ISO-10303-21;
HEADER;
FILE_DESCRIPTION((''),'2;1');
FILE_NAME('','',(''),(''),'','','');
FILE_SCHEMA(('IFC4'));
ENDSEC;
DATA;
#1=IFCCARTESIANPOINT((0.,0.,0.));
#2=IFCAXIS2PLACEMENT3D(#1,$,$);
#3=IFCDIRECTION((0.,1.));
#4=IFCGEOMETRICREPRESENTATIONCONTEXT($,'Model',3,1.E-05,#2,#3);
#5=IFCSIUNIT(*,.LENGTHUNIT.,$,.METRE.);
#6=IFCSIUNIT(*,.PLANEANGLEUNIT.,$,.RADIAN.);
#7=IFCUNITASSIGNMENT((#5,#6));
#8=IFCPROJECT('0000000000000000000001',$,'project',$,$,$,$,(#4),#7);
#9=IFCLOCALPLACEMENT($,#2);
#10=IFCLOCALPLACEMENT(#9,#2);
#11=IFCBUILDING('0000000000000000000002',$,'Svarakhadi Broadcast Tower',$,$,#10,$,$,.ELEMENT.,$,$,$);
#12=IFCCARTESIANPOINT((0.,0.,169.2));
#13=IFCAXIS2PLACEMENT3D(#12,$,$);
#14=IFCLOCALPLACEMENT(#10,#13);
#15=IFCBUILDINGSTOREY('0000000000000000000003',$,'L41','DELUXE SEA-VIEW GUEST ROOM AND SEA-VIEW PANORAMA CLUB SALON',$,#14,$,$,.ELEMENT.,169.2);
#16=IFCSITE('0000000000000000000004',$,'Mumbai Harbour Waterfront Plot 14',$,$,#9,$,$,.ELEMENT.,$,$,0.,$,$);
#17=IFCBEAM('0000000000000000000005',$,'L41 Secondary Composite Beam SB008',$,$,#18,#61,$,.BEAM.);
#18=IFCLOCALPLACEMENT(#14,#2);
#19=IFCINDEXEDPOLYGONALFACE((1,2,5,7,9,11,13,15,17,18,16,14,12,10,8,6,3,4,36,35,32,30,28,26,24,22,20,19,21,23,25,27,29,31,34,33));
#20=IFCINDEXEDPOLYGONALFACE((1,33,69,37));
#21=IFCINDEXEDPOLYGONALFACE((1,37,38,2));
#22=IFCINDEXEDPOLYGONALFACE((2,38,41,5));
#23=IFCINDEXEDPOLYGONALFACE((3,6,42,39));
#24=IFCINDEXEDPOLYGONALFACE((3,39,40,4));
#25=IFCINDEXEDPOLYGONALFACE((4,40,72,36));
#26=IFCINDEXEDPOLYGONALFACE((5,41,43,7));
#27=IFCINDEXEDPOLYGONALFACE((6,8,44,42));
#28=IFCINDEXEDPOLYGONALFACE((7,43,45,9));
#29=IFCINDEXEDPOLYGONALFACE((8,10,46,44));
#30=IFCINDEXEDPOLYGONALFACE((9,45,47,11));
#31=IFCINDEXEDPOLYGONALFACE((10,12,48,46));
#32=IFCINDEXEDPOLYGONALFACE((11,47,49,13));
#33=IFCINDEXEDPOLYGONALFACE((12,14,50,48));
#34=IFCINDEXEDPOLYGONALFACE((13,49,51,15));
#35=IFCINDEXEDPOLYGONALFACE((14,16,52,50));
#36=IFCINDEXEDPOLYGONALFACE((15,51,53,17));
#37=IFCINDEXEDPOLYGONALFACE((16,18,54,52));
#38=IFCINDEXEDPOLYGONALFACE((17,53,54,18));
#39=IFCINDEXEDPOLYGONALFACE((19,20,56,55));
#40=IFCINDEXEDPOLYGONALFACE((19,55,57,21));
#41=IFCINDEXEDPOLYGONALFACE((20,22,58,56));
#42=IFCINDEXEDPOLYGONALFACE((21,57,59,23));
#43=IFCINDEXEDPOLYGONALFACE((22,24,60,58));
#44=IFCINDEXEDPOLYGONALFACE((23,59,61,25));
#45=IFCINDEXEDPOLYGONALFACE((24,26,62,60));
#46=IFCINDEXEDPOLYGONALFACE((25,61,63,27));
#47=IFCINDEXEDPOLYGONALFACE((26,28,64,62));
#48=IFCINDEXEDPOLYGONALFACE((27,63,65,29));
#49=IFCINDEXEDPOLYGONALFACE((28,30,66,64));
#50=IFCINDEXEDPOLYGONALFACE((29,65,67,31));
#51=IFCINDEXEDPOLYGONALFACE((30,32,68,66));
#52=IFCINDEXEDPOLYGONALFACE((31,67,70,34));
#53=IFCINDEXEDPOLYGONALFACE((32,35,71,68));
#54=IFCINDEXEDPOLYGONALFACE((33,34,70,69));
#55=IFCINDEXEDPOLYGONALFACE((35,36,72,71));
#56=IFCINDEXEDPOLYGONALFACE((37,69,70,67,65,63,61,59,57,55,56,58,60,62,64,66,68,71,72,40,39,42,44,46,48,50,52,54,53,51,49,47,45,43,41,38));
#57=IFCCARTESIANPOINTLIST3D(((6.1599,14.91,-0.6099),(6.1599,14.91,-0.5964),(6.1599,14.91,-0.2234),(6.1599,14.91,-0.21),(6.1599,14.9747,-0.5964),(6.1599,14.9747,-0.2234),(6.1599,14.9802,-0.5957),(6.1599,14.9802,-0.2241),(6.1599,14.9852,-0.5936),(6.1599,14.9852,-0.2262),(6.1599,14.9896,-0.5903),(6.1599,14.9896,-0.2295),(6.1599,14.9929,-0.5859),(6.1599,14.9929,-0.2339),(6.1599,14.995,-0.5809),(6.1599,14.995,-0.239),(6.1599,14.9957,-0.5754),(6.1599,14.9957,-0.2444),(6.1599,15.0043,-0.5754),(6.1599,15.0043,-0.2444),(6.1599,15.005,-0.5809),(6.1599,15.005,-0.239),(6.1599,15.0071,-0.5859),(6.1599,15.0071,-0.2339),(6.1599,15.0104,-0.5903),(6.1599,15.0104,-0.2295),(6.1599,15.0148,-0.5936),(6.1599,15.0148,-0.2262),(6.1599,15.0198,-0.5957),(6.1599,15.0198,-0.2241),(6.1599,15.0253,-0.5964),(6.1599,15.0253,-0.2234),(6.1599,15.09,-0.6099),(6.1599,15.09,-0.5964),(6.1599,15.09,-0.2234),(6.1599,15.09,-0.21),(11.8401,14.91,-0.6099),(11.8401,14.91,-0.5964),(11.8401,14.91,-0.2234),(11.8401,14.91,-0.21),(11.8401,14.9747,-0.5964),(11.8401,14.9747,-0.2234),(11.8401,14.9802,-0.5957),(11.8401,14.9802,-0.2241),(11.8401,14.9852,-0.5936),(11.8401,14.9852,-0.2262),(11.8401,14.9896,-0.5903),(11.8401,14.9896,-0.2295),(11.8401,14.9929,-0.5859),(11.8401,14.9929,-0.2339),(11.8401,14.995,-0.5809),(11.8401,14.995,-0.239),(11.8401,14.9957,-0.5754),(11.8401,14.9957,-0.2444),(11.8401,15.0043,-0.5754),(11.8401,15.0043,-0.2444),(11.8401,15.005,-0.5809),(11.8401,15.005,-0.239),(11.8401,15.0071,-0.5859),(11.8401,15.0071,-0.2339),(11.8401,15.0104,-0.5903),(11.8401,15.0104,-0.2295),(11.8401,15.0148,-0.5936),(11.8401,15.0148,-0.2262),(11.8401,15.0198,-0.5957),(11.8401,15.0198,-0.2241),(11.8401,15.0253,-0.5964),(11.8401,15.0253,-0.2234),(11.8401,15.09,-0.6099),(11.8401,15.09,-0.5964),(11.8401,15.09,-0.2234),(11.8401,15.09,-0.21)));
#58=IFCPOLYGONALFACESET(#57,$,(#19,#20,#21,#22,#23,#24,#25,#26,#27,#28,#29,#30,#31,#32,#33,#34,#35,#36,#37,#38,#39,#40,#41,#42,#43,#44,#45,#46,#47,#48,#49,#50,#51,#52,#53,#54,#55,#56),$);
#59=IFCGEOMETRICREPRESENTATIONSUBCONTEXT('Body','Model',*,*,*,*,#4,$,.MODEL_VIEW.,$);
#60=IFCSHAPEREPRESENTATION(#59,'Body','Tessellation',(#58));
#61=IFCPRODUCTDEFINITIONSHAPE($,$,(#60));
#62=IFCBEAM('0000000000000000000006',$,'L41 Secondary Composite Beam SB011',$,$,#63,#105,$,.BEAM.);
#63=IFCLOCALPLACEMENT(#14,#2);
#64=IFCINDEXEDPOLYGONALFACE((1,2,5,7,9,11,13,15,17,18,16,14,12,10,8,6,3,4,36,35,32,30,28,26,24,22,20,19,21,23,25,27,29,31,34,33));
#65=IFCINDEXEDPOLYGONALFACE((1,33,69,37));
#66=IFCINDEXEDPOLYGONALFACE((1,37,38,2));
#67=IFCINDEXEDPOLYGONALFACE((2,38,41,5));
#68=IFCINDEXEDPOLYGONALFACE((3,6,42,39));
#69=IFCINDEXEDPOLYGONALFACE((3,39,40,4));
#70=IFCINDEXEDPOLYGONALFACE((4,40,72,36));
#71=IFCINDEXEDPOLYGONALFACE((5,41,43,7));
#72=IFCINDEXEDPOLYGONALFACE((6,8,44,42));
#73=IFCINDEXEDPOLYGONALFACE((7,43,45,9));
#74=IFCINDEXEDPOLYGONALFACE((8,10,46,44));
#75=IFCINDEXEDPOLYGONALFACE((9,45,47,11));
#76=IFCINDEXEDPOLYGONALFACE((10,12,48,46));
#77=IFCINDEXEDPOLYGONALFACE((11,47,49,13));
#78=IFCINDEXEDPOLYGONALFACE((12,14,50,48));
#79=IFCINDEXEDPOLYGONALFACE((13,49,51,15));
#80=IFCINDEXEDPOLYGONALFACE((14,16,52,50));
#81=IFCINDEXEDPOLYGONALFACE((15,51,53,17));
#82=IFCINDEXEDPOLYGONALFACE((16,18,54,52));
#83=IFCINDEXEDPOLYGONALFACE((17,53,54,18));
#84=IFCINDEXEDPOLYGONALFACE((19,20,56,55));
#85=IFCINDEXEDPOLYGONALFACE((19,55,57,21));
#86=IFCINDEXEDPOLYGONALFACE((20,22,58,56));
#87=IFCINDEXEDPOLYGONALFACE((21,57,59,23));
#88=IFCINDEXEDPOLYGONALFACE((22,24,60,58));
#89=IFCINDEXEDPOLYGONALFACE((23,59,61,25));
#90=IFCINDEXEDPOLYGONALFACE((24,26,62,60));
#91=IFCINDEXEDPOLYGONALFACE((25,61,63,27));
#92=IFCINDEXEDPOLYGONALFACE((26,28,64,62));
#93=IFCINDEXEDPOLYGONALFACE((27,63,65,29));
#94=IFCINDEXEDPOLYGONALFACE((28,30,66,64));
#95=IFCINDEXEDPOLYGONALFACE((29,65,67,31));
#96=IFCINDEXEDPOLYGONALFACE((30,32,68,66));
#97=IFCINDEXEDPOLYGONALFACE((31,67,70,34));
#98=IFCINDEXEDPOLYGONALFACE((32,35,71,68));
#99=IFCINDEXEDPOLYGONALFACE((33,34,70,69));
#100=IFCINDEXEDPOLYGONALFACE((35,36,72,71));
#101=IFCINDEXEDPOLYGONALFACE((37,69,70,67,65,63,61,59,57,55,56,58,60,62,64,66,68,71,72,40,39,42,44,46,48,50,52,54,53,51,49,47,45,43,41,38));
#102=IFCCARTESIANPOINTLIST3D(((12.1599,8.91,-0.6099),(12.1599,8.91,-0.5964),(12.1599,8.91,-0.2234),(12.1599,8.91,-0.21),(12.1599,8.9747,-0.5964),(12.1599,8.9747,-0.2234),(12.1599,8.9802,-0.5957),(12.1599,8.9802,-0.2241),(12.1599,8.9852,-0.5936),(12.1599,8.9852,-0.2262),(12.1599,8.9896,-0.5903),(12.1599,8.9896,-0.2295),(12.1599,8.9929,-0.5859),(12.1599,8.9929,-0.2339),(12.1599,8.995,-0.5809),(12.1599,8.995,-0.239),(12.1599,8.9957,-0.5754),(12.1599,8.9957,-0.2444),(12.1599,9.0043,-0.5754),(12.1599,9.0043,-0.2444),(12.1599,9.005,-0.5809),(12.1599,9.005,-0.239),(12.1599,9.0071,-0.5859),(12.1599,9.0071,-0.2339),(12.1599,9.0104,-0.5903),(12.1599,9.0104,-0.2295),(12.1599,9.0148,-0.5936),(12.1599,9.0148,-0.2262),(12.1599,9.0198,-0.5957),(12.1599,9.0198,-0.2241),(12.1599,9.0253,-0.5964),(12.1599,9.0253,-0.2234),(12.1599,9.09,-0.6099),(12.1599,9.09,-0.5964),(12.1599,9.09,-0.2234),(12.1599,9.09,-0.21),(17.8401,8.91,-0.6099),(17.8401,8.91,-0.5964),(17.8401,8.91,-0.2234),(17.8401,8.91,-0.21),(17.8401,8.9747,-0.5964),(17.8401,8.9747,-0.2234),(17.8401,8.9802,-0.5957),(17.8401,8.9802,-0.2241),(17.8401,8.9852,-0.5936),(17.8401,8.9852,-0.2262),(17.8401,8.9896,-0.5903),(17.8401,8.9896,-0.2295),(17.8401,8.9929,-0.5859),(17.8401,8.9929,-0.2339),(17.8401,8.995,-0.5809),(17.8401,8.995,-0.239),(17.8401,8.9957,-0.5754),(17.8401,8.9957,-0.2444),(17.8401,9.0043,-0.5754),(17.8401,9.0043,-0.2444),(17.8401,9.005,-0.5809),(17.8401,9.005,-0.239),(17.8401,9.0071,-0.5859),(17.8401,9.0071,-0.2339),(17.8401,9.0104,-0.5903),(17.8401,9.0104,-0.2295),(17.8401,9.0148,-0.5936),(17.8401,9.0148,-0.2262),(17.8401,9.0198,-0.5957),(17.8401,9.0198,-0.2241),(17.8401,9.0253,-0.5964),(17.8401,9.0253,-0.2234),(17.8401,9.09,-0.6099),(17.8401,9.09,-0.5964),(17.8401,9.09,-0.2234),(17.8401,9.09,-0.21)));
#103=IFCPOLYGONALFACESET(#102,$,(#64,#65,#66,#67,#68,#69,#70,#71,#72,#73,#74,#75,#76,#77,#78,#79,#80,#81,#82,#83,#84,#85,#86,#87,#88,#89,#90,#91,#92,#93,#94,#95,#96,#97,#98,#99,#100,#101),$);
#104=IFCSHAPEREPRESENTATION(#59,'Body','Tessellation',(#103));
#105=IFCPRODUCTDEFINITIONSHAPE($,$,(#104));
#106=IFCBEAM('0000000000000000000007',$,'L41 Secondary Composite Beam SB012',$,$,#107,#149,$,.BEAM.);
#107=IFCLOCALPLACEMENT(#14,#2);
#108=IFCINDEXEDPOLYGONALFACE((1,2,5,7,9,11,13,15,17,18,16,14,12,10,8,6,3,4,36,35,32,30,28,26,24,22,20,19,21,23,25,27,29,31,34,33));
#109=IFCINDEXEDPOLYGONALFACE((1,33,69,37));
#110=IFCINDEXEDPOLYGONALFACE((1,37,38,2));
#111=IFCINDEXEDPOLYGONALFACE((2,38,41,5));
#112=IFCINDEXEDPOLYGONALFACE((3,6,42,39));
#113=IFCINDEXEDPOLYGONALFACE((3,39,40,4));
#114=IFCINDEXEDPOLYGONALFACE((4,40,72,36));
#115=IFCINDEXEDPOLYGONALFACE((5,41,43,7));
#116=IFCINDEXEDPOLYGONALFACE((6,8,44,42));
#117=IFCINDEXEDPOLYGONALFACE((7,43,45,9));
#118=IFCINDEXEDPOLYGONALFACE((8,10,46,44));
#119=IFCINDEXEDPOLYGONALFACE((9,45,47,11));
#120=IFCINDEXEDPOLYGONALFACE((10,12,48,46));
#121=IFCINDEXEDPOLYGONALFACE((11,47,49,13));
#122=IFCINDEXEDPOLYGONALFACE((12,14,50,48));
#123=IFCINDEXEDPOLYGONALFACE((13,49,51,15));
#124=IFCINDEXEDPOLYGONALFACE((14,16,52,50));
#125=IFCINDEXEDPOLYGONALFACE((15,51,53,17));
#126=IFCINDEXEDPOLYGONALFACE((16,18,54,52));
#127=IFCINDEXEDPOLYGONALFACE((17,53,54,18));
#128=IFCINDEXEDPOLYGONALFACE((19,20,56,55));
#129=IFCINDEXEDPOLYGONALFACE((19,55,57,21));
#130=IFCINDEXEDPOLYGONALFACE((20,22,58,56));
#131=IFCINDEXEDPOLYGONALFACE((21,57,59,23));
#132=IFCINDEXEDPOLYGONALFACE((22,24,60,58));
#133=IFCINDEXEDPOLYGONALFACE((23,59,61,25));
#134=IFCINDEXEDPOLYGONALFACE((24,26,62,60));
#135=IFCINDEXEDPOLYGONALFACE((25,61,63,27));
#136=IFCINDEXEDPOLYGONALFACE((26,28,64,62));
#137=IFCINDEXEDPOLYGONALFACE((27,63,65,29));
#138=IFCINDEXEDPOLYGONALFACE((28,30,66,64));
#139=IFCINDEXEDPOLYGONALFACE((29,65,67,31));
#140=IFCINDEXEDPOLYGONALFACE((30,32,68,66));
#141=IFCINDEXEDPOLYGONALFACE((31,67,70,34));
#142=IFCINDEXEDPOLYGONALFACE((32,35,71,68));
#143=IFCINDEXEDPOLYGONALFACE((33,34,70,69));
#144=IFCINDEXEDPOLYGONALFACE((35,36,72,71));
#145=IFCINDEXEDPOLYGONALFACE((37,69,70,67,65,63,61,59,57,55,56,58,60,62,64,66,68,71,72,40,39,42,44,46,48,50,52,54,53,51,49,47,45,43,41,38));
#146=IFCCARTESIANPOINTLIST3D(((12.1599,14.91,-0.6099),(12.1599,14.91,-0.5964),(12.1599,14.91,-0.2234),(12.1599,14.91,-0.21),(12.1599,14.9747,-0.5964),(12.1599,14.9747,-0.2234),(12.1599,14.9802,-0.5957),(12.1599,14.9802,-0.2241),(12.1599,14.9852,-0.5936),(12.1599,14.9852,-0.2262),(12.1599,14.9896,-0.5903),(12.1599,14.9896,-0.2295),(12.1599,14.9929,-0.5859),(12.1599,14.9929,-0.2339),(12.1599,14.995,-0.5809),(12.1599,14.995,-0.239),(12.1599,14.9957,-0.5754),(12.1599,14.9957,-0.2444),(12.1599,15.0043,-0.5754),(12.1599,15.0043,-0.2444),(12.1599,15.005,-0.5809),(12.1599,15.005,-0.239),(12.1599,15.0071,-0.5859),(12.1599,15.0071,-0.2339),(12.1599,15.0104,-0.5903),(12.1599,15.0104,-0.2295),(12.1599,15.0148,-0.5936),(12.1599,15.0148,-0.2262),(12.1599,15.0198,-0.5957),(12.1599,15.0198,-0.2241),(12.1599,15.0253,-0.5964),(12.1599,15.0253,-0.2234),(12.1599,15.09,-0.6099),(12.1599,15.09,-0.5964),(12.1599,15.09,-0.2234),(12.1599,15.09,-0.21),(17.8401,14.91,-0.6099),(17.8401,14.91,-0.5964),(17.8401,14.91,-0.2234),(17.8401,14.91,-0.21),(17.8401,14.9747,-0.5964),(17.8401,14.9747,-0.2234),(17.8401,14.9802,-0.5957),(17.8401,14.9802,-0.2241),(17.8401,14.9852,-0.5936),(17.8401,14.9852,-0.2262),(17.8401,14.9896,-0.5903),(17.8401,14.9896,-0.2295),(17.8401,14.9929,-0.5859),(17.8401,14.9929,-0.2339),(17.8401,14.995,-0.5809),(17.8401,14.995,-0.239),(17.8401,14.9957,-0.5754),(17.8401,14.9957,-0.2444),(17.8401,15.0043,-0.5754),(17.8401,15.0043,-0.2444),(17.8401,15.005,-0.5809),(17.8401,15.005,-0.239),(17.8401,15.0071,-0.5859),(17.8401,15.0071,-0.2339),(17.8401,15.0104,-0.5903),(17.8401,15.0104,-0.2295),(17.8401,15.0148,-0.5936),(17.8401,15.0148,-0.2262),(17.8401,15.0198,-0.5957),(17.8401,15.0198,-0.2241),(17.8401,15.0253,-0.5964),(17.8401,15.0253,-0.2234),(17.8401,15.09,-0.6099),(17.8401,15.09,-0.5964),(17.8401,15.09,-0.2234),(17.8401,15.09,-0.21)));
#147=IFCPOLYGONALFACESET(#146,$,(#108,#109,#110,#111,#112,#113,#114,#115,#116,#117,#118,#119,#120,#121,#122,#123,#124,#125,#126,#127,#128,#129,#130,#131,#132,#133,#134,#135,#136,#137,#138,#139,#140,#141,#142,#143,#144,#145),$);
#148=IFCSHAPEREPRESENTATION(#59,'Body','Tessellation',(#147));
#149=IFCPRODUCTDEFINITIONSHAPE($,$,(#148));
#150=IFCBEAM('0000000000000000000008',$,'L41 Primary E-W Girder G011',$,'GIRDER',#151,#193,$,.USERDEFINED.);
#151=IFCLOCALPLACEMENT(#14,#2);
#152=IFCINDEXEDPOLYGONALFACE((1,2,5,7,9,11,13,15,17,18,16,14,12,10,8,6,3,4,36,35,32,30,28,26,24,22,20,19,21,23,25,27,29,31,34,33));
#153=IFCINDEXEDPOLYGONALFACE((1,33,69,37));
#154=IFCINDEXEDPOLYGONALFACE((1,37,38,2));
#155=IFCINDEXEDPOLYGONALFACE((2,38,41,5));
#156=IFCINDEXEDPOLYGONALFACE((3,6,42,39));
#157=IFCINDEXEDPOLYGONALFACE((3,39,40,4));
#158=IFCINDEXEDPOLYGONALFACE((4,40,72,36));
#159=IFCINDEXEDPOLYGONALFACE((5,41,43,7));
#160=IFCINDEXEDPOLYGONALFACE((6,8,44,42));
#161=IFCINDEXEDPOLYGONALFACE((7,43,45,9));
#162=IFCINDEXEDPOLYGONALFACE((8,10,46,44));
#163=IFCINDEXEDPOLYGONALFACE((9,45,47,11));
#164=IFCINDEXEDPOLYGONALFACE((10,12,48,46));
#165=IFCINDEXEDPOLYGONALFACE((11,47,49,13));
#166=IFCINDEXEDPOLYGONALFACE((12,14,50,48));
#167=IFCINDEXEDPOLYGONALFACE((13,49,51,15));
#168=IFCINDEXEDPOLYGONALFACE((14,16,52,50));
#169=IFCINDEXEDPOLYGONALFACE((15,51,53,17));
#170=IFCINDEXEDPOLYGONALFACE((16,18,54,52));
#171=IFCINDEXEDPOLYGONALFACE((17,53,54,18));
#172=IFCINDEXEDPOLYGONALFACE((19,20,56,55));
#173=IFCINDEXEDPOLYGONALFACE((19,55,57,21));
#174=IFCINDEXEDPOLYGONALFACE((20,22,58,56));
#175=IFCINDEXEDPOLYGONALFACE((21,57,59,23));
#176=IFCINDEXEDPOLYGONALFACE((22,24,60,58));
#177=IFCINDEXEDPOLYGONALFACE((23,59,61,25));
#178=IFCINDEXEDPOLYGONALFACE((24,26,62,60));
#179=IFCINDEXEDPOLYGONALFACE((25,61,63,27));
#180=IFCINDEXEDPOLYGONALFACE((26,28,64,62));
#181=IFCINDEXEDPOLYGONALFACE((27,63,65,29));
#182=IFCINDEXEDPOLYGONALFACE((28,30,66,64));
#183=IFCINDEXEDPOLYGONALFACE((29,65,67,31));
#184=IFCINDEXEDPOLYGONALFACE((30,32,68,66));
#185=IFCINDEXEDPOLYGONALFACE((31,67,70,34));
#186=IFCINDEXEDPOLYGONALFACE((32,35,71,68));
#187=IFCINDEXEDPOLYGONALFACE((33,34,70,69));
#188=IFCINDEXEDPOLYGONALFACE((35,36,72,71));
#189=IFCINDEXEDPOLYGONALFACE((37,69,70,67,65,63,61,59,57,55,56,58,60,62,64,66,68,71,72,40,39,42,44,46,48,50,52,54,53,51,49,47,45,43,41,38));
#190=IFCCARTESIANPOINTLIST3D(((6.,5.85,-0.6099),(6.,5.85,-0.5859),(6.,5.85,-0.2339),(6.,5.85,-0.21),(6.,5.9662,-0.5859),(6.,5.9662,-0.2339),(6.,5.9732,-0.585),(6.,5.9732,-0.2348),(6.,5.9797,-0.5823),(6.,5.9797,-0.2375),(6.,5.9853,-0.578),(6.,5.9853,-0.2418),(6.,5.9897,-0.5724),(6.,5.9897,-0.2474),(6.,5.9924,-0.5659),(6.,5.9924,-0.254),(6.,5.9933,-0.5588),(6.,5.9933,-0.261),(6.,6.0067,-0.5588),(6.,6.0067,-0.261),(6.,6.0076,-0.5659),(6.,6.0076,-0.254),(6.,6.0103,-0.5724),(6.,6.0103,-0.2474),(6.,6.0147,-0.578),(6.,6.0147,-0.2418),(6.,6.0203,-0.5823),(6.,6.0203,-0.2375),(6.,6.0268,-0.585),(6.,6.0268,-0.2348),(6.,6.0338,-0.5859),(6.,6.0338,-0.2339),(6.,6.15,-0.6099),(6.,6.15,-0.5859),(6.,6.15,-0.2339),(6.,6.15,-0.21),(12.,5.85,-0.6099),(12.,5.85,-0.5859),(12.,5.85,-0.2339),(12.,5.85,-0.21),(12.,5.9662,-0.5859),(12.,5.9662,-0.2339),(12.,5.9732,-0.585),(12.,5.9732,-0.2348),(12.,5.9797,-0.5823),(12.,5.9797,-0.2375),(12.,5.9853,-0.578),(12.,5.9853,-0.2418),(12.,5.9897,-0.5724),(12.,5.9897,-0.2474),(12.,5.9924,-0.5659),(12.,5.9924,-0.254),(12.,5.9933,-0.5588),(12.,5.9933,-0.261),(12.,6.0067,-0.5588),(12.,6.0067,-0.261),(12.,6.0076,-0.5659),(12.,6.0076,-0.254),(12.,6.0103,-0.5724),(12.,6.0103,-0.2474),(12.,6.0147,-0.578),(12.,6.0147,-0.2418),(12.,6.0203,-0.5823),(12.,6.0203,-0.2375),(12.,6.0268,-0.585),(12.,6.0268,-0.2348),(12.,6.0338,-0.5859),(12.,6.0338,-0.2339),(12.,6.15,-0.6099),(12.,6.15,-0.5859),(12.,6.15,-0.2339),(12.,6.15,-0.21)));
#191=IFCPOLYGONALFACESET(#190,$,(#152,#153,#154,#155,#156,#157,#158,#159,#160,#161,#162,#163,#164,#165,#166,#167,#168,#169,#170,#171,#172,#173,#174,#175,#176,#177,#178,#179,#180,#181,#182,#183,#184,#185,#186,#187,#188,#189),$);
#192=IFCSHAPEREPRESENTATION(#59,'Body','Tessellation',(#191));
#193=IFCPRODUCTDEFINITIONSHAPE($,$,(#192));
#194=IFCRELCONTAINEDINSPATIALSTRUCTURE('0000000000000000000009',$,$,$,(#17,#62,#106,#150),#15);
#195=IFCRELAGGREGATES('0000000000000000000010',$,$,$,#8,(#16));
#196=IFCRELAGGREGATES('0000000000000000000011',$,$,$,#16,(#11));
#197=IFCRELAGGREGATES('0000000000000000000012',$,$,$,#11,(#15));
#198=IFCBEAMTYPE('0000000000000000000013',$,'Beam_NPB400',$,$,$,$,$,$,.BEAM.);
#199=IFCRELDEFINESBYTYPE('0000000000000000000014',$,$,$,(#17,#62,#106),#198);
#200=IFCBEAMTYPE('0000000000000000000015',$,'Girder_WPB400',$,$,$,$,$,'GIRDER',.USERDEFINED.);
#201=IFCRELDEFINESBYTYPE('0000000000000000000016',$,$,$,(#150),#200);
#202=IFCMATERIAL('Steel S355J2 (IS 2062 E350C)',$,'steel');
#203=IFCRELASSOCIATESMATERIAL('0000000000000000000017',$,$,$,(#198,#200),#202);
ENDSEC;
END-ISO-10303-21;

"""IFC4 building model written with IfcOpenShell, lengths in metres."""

from ifc_helpers import new_model, si_unit, direction, frame, origin, origin_2d, place, context, subcontext, project, spatial, i_section, extrude, material, material_profile, profile_set, type_object, element, save


model = new_model("IFC4")

# Units and contexts
model_context = context("Model", 3, precision=1e-05, world=origin(), true_north=direction((0.0, 1.0)))
body_context = subcontext(model_context, "Body", "Model", "MODEL_VIEW")
ifc_project = project(units=[si_unit("LENGTHUNIT", "METRE"), si_unit("PLANEANGLEUNIT", "RADIAN")], contexts=[model_context])

# Site, building, storey
site_placement = place(None, origin())
site = spatial("IfcSite", under=ifc_project, at=site_placement, Name="Mumbai Harbour Waterfront Plot 14", CompositionType="ELEMENT", RefElevation=0.0)
building_placement = place(site_placement, origin())
building = spatial("IfcBuilding", under=site, at=building_placement, Name="Svarakhadi Broadcast Tower", CompositionType="ELEMENT")
storey_placement = place(building_placement, frame((0.0, 0.0, 169.2)))
storey = spatial("IfcBuildingStorey", under=building, at=storey_placement, Name="L41", Description="DELUXE SEA-VIEW GUEST ROOM AND SEA-VIEW PANORAMA CLUB SALON", CompositionType="ELEMENT", Elevation=169.2)

# Beams
ifc_material_1 = material(Name="Steel S355J2 (IS 2062 E350C)", Category="steel")
ifc_material_profile_1 = material_profile(ifc_material_1, i_section(OverallWidth=0.1799, OverallDepth=0.3999, WebThickness=0.0085, FlangeThickness=0.0134, FilletRadius=0.021, at=origin_2d()), Name="NPB 400x180x66")
ifc_profile_set_1 = profile_set([ifc_material_profile_1], Name="Steel S355J2 (IS 2062 E350C)")
beam_type_1 = type_object("IfcBeamType", Name="Beam_NPB400", PredefinedType="BEAM", material=ifc_profile_set_1)
for number, where, z_axis, x_axis, name in (
    (1, (6.1599, 15.0, -0.4099), (1.0, 0.0, 0.0), (0.0, 1.0, 0.0), "L41 Secondary Composite Beam SB008"),
    (2, (12.1599, 9.0, -0.4099), (1.0, 0.0, 0.0), (0.0, 1.0, 0.0), "L41 Secondary Composite Beam SB011"),
    (3, (12.1599, 15.0, -0.4099), (1.0, 0.0, 0.0), (0.0, 1.0, 0.0), "L41 Secondary Composite Beam SB012"),
):
    element("IfcBeam", number, at=place(storey_placement, frame(where, z_axis=z_axis, x_axis=x_axis)), inside=storey, type_object=beam_type_1, Name=name, PredefinedType="BEAM", context=body_context, shape_type="SweptSolid", body=[
        extrude(i_section(OverallWidth=0.1799, OverallDepth=0.3999, WebThickness=0.0085, FlangeThickness=0.0134, FilletRadius=0.021, at=origin_2d()), origin(), (0.0, 0.0, 1.0), 5.6802),
    ])
ifc_material_profile_2 = material_profile(ifc_material_1, i_section(OverallWidth=0.3, OverallDepth=0.3999, WebThickness=0.0134, FlangeThickness=0.0239, FilletRadius=0.0271, at=origin_2d()), Name="WPB 400x300x155")
ifc_profile_set_2 = profile_set([ifc_material_profile_2], Name="Steel S355J2 (IS 2062 E350C)")
beam_type_2 = type_object("IfcBeamType", Name="Girder_WPB400", ElementType="GIRDER", PredefinedType="USERDEFINED", material=ifc_profile_set_2)
for number, where, z_axis, x_axis, name in (
    (4, (6.0, 6.0, -0.4099), (1.0, 0.0, 0.0), (0.0, 1.0, 0.0), "L41 Primary E-W Girder G011"),
):
    element("IfcBeam", number, at=place(storey_placement, frame(where, z_axis=z_axis, x_axis=x_axis)), inside=storey, type_object=beam_type_2, Name=name, ObjectType="GIRDER", PredefinedType="USERDEFINED", context=body_context, shape_type="SweptSolid", body=[
        extrude(i_section(OverallWidth=0.3, OverallDepth=0.3999, WebThickness=0.0134, FlangeThickness=0.0239, FilletRadius=0.0271, at=origin_2d()), origin(), (0.0, 0.0, 1.0), 6.0),
    ])

save(model, "model.ifc")
